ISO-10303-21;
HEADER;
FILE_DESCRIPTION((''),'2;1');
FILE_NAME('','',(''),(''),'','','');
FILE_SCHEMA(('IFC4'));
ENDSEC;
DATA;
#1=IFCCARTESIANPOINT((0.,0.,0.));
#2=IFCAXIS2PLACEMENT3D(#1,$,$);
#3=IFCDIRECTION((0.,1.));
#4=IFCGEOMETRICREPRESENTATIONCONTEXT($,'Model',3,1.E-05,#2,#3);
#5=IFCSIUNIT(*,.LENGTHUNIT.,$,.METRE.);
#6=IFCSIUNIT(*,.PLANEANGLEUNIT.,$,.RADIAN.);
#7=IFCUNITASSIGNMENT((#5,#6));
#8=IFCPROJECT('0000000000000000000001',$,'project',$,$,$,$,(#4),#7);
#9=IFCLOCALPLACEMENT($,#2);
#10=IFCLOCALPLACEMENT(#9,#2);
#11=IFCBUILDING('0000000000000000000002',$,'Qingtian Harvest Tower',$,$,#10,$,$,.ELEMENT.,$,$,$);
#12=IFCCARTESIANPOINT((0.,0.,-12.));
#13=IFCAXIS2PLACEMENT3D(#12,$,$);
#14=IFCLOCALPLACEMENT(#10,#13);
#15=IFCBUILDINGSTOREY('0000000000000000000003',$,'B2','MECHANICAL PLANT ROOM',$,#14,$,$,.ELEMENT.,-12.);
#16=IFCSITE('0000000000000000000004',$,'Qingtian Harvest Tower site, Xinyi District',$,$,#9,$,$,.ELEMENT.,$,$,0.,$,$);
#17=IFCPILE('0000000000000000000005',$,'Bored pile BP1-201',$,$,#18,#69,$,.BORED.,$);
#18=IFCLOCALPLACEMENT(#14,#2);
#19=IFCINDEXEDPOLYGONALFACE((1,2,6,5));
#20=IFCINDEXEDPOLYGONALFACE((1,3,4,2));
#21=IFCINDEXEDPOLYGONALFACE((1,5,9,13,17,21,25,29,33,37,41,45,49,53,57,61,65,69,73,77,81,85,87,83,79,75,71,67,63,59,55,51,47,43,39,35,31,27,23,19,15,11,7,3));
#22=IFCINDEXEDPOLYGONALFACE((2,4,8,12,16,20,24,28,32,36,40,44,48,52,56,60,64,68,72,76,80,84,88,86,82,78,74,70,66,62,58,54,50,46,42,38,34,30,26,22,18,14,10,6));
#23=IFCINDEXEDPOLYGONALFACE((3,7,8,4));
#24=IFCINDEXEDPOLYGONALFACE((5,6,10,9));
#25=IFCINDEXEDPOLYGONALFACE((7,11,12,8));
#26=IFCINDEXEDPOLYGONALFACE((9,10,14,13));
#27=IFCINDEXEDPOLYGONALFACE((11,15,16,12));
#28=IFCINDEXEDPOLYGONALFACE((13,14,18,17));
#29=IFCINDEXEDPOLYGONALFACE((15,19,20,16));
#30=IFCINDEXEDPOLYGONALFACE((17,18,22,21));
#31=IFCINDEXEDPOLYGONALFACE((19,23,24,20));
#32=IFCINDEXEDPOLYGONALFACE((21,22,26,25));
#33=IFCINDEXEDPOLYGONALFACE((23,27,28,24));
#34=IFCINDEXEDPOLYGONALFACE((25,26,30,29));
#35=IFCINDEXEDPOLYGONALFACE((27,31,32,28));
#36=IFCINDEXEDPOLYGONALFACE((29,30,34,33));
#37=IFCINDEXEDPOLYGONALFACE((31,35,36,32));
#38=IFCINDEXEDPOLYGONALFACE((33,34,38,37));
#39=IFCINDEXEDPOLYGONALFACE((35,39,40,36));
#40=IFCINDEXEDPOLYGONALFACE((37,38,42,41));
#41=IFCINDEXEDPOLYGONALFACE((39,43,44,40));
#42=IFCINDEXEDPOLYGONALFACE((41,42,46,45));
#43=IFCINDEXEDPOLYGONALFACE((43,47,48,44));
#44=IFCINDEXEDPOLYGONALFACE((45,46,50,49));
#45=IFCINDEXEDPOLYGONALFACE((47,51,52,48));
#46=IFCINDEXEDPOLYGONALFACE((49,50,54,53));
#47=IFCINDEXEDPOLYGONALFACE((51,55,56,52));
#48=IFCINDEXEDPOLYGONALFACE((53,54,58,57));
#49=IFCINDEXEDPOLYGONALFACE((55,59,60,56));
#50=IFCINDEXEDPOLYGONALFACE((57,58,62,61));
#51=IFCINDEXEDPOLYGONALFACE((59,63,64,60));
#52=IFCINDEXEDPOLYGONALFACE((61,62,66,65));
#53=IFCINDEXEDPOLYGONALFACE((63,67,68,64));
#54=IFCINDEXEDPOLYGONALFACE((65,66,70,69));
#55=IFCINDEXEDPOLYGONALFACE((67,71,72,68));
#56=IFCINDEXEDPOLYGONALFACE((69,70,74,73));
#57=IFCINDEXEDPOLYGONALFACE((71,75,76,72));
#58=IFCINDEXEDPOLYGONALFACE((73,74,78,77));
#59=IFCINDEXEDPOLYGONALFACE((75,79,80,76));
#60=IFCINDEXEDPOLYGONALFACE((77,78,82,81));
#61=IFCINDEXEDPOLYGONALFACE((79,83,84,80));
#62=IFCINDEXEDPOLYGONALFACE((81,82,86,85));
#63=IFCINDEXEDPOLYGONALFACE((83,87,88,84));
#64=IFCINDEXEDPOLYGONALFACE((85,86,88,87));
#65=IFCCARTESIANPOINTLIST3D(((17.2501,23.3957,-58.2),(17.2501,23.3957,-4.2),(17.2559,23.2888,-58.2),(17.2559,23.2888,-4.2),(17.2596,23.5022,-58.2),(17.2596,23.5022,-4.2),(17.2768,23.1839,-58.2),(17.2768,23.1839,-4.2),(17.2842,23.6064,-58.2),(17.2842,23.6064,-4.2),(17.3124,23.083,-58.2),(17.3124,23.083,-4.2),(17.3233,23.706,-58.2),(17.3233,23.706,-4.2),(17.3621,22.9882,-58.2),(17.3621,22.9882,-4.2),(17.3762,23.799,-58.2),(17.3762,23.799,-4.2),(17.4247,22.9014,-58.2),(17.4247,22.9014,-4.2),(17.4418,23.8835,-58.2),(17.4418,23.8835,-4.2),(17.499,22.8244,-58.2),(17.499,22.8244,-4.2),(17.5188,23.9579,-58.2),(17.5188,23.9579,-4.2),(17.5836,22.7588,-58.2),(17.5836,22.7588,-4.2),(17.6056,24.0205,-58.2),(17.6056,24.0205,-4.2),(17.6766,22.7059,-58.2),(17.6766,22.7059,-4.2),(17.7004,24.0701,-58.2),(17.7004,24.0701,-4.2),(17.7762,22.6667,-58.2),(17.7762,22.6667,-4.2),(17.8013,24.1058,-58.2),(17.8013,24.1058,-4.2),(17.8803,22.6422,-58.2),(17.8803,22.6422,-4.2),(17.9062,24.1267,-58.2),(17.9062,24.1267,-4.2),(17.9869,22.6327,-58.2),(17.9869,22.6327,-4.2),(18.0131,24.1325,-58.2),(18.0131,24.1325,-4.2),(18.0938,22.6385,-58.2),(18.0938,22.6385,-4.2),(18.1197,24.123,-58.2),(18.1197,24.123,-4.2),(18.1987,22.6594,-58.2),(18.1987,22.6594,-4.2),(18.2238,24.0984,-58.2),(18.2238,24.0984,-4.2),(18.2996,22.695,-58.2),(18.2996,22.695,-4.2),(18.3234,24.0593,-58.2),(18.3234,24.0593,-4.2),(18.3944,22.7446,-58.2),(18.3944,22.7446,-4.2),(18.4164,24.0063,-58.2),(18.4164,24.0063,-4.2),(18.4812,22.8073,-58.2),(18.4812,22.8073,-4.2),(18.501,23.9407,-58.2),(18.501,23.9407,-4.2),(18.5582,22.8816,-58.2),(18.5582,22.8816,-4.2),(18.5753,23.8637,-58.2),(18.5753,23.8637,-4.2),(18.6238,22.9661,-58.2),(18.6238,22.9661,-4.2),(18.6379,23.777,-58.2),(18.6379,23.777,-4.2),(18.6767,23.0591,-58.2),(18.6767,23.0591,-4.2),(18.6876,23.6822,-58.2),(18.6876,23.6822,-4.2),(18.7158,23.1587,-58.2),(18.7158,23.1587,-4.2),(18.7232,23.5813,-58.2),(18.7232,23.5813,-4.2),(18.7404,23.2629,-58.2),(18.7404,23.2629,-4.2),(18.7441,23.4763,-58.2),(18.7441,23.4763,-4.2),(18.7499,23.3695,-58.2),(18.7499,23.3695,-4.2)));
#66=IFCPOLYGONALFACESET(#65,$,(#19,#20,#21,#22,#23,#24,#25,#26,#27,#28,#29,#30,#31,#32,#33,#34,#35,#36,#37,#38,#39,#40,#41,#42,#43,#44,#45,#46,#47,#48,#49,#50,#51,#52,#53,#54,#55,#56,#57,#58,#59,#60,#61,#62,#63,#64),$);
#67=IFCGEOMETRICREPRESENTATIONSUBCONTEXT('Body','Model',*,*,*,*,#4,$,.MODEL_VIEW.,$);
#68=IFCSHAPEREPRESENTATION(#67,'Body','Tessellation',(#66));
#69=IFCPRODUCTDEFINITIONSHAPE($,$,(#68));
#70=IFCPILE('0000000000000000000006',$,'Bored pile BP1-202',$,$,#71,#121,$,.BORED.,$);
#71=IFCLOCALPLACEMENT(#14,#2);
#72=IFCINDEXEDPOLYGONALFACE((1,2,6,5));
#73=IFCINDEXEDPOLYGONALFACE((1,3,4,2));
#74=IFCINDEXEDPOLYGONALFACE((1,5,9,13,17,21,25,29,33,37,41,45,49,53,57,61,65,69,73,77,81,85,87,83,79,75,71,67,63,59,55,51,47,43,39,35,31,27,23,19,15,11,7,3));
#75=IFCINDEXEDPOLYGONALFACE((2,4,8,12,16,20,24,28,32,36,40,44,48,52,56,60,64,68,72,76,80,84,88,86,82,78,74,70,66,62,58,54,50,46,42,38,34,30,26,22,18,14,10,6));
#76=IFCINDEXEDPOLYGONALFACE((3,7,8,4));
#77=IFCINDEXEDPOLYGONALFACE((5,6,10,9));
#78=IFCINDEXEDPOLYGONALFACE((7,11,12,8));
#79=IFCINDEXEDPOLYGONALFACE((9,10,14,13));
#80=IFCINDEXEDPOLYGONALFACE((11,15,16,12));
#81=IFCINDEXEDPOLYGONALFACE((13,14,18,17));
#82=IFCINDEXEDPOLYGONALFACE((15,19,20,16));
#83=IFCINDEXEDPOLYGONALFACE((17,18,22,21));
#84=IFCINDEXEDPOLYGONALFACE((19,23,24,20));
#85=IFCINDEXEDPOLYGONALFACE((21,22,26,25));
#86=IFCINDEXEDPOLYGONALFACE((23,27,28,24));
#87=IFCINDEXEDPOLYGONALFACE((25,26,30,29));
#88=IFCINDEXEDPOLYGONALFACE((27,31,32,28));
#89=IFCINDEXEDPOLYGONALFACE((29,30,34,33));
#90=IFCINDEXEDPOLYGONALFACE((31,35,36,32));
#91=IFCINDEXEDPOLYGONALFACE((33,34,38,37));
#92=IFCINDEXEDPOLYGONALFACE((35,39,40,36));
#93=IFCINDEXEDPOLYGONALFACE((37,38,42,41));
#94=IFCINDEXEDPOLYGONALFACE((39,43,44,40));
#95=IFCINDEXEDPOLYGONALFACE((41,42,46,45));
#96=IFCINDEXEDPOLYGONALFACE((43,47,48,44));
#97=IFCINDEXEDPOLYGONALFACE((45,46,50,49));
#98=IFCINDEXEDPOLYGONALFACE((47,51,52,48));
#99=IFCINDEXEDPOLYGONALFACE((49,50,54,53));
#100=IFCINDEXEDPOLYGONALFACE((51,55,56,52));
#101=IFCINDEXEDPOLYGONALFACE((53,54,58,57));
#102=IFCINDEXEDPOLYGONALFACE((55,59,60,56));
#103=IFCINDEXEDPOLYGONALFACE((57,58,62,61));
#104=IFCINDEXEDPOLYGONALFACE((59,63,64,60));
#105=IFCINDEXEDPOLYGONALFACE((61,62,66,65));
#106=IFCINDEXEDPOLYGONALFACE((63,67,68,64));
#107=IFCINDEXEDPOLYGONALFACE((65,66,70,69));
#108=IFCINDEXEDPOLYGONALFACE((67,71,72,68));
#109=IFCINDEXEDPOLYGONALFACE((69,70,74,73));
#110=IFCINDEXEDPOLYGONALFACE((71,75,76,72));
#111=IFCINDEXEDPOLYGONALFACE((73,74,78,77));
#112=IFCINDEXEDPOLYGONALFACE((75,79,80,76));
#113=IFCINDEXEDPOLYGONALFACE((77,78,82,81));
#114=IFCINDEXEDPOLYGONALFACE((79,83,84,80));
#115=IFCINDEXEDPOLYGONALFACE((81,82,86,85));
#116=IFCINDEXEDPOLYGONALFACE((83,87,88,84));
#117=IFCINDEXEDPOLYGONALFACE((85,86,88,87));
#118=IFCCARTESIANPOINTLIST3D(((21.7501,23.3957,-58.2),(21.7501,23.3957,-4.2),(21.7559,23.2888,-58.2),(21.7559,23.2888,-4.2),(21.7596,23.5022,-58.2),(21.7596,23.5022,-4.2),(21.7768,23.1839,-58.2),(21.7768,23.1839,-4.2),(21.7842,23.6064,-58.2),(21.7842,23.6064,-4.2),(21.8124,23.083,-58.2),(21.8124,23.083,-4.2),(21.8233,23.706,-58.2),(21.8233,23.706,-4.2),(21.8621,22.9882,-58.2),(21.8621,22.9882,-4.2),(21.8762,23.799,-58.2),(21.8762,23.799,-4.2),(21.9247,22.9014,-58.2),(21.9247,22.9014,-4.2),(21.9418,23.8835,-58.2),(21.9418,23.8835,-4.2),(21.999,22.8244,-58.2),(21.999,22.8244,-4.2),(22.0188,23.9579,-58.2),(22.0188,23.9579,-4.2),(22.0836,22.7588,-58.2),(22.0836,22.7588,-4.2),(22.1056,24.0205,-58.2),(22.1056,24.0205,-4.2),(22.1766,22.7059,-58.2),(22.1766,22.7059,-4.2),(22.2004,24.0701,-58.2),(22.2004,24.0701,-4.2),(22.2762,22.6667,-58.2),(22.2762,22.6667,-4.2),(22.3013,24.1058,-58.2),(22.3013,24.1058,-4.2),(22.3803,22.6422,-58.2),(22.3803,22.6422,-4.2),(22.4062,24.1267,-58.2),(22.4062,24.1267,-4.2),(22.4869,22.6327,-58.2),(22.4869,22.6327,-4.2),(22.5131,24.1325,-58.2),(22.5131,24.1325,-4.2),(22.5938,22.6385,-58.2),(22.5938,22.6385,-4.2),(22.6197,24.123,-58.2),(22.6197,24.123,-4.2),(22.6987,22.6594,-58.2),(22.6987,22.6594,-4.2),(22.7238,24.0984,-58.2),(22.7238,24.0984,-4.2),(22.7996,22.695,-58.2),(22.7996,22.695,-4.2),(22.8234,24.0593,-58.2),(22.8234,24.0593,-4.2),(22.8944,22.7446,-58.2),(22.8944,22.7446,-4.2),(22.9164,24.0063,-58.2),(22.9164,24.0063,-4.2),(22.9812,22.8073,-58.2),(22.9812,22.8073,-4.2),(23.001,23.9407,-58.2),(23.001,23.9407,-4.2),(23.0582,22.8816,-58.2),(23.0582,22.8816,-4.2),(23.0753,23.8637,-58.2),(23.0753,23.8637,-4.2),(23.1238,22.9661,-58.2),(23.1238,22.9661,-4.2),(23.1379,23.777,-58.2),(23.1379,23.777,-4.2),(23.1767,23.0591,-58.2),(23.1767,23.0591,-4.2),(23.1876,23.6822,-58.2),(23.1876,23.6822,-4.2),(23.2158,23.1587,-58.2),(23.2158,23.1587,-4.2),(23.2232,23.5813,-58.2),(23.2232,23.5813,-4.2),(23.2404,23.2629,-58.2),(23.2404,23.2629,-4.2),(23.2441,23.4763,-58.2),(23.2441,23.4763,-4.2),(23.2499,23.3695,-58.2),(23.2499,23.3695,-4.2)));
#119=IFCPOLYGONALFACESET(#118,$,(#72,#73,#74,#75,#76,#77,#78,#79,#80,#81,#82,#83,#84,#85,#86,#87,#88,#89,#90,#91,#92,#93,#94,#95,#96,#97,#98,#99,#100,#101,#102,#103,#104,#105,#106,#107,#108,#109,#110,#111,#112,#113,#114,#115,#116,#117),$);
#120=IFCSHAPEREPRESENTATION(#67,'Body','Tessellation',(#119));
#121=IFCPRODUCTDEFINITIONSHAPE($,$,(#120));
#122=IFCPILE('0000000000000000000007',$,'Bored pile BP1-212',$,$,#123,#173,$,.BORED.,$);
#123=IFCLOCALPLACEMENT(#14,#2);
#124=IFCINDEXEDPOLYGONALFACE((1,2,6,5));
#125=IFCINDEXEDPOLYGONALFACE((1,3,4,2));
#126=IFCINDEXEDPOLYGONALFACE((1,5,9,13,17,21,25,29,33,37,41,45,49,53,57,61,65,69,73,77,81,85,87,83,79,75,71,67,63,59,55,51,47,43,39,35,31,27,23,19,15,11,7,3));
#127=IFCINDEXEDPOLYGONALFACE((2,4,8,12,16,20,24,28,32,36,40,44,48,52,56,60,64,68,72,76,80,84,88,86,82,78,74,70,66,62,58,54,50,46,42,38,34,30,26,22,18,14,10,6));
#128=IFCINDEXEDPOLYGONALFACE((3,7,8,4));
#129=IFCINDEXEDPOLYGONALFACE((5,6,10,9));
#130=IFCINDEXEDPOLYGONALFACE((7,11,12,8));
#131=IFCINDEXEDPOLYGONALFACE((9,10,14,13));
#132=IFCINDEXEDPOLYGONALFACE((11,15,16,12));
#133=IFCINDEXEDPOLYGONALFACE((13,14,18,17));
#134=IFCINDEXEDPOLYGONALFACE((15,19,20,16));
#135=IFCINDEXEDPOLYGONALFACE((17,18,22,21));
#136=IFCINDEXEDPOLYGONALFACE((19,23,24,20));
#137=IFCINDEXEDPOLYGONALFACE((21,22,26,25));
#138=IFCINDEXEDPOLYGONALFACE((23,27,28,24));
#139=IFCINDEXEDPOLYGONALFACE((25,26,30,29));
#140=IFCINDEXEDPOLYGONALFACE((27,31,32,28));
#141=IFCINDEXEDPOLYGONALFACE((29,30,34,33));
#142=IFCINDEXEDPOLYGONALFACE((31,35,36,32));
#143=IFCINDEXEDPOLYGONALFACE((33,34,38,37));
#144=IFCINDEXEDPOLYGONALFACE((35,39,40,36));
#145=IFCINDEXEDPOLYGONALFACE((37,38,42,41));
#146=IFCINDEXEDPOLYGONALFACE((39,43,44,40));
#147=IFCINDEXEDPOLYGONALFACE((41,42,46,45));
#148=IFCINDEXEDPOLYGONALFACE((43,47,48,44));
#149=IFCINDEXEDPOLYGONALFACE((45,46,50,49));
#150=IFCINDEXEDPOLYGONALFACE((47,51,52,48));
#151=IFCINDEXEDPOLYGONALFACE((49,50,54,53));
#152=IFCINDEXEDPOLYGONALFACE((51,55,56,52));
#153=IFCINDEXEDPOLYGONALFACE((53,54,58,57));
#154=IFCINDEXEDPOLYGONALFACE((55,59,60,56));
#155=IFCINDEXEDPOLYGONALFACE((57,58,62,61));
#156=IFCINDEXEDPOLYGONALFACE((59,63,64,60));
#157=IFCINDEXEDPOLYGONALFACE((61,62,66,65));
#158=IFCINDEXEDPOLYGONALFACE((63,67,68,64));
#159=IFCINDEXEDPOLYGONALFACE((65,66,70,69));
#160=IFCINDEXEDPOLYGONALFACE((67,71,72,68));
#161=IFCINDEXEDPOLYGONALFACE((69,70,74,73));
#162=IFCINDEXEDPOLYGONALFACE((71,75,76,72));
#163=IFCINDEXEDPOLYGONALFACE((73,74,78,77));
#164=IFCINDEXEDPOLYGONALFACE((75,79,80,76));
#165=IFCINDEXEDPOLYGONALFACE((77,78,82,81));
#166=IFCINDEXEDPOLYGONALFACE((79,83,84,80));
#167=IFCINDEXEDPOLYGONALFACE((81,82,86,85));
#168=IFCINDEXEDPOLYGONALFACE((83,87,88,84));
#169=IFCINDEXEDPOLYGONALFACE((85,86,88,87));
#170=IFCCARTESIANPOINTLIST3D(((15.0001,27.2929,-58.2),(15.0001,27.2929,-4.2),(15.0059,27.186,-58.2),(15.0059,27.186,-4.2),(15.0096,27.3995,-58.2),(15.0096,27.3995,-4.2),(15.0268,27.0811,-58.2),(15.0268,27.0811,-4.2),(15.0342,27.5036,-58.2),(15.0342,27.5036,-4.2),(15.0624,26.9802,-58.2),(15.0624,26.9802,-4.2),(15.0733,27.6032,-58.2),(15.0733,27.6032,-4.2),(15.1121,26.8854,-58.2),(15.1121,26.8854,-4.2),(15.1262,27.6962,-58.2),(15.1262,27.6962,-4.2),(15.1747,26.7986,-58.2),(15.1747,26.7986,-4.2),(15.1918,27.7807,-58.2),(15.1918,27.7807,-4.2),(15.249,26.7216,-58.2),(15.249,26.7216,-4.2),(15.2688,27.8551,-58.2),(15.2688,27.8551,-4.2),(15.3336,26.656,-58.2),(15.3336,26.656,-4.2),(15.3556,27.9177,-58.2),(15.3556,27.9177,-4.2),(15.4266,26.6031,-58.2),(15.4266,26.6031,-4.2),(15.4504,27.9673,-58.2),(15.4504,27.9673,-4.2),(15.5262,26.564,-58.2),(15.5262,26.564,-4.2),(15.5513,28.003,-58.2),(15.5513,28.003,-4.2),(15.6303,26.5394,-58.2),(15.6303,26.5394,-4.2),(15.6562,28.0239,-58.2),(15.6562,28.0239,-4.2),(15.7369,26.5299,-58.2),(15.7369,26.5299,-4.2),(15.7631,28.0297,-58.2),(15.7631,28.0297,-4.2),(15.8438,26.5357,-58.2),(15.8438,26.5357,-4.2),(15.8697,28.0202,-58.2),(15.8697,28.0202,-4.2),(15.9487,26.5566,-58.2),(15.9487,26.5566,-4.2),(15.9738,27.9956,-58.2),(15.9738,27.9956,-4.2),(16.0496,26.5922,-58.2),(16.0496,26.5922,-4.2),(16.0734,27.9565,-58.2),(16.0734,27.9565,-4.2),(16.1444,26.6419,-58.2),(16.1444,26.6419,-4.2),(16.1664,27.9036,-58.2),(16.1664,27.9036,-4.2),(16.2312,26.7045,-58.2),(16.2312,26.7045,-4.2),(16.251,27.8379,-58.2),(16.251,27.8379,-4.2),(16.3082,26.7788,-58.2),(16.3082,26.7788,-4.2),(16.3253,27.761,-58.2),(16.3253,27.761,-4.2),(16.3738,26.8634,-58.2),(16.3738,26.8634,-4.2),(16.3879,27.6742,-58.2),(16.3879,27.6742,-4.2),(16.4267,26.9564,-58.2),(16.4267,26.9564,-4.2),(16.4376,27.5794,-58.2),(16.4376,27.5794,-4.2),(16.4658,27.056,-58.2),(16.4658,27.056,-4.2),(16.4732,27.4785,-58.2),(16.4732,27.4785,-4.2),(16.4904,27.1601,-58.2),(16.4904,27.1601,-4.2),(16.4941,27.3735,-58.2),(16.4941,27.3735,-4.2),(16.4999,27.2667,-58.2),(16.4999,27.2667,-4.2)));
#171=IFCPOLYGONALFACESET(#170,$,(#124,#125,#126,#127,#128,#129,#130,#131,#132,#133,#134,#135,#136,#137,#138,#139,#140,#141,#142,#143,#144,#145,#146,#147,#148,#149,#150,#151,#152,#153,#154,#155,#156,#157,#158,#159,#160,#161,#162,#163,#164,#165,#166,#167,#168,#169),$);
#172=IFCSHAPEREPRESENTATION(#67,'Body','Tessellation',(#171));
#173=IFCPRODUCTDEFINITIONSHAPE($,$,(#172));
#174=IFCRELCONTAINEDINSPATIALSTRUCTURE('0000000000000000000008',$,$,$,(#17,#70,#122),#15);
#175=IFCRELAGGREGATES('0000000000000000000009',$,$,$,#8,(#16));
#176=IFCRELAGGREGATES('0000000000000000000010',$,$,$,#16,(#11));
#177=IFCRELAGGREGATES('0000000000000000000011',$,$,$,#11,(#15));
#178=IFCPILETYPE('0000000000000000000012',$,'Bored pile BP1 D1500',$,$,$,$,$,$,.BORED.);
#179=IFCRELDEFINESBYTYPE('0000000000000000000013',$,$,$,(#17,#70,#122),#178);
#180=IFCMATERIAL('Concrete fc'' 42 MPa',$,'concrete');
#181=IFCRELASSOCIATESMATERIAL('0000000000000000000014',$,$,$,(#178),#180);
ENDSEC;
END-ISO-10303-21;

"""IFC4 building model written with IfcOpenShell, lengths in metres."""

from ifc_helpers import new_model, si_unit, direction, frame, frame_2d, origin, place, context, subcontext, project, spatial, circle, extrude, material, material_profile, profile_set, type_object, element, save


model = new_model("IFC4")

# Units and contexts
model_context = context("Model", 3, precision=1e-05, world=origin(), true_north=direction((0.0, 1.0)))
body_context = subcontext(model_context, "Body", "Model", "MODEL_VIEW")
ifc_project = project(units=[si_unit("LENGTHUNIT", "METRE"), si_unit("PLANEANGLEUNIT", "RADIAN")], contexts=[model_context])

# Site, building, storey
site_placement = place(None, origin())
site = spatial("IfcSite", under=ifc_project, at=site_placement, Name="Qingtian Harvest Tower site, Xinyi District", CompositionType="ELEMENT", RefElevation=0.0)
building_placement = place(site_placement, origin())
building = spatial("IfcBuilding", under=site, at=building_placement, Name="Qingtian Harvest Tower", CompositionType="ELEMENT")
storey_placement = place(building_placement, frame((0.0, 0.0, -12.0)))
storey = spatial("IfcBuildingStorey", under=building, at=storey_placement, Name="B2", Description="MECHANICAL PLANT ROOM", CompositionType="ELEMENT", Elevation=-12.0)

# Piles
ifc_material_1 = material(Name="Concrete fc' 42 MPa", Category="concrete")
ifc_material_profile_1 = material_profile(ifc_material_1, circle(Radius=0.75, at=frame_2d((0.0, 0.0), x_axis=(0.999848, 0.017452))), Name="Bored pile BP1 D1500")
ifc_profile_set_1 = profile_set([ifc_material_profile_1], Name="Concrete fc' 42 MPa")
pile_type = type_object("IfcPileType", Name="Bored pile BP1 D1500", PredefinedType="BORED", material=ifc_profile_set_1)
for number, where, z_axis, x_axis, name in (
    (1, (18.0, 23.3826, -4.2), (0.0, 0.0, -1.0), (1.0, 0.0, 0.0), "Bored pile BP1-201"),
    (2, (22.5, 23.3826, -4.2), (0.0, 0.0, -1.0), (1.0, 0.0, 0.0), "Bored pile BP1-202"),
    (3, (15.75, 27.2798, -4.2), (0.0, 0.0, -1.0), (1.0, 0.0, 0.0), "Bored pile BP1-212"),
):
    element("IfcPile", number, at=place(storey_placement, frame(where, z_axis=z_axis, x_axis=x_axis)), inside=storey, type_object=pile_type, Name=name, PredefinedType="BORED", context=body_context, shape_type="SweptSolid", body=[
        extrude(circle(Radius=0.75, at=frame_2d((0.0, 0.0), x_axis=(0.999848, 0.017452))), origin(), (0.0, 0.0, 1.0), 54.0),
    ])

save(model, "model.ifc")
